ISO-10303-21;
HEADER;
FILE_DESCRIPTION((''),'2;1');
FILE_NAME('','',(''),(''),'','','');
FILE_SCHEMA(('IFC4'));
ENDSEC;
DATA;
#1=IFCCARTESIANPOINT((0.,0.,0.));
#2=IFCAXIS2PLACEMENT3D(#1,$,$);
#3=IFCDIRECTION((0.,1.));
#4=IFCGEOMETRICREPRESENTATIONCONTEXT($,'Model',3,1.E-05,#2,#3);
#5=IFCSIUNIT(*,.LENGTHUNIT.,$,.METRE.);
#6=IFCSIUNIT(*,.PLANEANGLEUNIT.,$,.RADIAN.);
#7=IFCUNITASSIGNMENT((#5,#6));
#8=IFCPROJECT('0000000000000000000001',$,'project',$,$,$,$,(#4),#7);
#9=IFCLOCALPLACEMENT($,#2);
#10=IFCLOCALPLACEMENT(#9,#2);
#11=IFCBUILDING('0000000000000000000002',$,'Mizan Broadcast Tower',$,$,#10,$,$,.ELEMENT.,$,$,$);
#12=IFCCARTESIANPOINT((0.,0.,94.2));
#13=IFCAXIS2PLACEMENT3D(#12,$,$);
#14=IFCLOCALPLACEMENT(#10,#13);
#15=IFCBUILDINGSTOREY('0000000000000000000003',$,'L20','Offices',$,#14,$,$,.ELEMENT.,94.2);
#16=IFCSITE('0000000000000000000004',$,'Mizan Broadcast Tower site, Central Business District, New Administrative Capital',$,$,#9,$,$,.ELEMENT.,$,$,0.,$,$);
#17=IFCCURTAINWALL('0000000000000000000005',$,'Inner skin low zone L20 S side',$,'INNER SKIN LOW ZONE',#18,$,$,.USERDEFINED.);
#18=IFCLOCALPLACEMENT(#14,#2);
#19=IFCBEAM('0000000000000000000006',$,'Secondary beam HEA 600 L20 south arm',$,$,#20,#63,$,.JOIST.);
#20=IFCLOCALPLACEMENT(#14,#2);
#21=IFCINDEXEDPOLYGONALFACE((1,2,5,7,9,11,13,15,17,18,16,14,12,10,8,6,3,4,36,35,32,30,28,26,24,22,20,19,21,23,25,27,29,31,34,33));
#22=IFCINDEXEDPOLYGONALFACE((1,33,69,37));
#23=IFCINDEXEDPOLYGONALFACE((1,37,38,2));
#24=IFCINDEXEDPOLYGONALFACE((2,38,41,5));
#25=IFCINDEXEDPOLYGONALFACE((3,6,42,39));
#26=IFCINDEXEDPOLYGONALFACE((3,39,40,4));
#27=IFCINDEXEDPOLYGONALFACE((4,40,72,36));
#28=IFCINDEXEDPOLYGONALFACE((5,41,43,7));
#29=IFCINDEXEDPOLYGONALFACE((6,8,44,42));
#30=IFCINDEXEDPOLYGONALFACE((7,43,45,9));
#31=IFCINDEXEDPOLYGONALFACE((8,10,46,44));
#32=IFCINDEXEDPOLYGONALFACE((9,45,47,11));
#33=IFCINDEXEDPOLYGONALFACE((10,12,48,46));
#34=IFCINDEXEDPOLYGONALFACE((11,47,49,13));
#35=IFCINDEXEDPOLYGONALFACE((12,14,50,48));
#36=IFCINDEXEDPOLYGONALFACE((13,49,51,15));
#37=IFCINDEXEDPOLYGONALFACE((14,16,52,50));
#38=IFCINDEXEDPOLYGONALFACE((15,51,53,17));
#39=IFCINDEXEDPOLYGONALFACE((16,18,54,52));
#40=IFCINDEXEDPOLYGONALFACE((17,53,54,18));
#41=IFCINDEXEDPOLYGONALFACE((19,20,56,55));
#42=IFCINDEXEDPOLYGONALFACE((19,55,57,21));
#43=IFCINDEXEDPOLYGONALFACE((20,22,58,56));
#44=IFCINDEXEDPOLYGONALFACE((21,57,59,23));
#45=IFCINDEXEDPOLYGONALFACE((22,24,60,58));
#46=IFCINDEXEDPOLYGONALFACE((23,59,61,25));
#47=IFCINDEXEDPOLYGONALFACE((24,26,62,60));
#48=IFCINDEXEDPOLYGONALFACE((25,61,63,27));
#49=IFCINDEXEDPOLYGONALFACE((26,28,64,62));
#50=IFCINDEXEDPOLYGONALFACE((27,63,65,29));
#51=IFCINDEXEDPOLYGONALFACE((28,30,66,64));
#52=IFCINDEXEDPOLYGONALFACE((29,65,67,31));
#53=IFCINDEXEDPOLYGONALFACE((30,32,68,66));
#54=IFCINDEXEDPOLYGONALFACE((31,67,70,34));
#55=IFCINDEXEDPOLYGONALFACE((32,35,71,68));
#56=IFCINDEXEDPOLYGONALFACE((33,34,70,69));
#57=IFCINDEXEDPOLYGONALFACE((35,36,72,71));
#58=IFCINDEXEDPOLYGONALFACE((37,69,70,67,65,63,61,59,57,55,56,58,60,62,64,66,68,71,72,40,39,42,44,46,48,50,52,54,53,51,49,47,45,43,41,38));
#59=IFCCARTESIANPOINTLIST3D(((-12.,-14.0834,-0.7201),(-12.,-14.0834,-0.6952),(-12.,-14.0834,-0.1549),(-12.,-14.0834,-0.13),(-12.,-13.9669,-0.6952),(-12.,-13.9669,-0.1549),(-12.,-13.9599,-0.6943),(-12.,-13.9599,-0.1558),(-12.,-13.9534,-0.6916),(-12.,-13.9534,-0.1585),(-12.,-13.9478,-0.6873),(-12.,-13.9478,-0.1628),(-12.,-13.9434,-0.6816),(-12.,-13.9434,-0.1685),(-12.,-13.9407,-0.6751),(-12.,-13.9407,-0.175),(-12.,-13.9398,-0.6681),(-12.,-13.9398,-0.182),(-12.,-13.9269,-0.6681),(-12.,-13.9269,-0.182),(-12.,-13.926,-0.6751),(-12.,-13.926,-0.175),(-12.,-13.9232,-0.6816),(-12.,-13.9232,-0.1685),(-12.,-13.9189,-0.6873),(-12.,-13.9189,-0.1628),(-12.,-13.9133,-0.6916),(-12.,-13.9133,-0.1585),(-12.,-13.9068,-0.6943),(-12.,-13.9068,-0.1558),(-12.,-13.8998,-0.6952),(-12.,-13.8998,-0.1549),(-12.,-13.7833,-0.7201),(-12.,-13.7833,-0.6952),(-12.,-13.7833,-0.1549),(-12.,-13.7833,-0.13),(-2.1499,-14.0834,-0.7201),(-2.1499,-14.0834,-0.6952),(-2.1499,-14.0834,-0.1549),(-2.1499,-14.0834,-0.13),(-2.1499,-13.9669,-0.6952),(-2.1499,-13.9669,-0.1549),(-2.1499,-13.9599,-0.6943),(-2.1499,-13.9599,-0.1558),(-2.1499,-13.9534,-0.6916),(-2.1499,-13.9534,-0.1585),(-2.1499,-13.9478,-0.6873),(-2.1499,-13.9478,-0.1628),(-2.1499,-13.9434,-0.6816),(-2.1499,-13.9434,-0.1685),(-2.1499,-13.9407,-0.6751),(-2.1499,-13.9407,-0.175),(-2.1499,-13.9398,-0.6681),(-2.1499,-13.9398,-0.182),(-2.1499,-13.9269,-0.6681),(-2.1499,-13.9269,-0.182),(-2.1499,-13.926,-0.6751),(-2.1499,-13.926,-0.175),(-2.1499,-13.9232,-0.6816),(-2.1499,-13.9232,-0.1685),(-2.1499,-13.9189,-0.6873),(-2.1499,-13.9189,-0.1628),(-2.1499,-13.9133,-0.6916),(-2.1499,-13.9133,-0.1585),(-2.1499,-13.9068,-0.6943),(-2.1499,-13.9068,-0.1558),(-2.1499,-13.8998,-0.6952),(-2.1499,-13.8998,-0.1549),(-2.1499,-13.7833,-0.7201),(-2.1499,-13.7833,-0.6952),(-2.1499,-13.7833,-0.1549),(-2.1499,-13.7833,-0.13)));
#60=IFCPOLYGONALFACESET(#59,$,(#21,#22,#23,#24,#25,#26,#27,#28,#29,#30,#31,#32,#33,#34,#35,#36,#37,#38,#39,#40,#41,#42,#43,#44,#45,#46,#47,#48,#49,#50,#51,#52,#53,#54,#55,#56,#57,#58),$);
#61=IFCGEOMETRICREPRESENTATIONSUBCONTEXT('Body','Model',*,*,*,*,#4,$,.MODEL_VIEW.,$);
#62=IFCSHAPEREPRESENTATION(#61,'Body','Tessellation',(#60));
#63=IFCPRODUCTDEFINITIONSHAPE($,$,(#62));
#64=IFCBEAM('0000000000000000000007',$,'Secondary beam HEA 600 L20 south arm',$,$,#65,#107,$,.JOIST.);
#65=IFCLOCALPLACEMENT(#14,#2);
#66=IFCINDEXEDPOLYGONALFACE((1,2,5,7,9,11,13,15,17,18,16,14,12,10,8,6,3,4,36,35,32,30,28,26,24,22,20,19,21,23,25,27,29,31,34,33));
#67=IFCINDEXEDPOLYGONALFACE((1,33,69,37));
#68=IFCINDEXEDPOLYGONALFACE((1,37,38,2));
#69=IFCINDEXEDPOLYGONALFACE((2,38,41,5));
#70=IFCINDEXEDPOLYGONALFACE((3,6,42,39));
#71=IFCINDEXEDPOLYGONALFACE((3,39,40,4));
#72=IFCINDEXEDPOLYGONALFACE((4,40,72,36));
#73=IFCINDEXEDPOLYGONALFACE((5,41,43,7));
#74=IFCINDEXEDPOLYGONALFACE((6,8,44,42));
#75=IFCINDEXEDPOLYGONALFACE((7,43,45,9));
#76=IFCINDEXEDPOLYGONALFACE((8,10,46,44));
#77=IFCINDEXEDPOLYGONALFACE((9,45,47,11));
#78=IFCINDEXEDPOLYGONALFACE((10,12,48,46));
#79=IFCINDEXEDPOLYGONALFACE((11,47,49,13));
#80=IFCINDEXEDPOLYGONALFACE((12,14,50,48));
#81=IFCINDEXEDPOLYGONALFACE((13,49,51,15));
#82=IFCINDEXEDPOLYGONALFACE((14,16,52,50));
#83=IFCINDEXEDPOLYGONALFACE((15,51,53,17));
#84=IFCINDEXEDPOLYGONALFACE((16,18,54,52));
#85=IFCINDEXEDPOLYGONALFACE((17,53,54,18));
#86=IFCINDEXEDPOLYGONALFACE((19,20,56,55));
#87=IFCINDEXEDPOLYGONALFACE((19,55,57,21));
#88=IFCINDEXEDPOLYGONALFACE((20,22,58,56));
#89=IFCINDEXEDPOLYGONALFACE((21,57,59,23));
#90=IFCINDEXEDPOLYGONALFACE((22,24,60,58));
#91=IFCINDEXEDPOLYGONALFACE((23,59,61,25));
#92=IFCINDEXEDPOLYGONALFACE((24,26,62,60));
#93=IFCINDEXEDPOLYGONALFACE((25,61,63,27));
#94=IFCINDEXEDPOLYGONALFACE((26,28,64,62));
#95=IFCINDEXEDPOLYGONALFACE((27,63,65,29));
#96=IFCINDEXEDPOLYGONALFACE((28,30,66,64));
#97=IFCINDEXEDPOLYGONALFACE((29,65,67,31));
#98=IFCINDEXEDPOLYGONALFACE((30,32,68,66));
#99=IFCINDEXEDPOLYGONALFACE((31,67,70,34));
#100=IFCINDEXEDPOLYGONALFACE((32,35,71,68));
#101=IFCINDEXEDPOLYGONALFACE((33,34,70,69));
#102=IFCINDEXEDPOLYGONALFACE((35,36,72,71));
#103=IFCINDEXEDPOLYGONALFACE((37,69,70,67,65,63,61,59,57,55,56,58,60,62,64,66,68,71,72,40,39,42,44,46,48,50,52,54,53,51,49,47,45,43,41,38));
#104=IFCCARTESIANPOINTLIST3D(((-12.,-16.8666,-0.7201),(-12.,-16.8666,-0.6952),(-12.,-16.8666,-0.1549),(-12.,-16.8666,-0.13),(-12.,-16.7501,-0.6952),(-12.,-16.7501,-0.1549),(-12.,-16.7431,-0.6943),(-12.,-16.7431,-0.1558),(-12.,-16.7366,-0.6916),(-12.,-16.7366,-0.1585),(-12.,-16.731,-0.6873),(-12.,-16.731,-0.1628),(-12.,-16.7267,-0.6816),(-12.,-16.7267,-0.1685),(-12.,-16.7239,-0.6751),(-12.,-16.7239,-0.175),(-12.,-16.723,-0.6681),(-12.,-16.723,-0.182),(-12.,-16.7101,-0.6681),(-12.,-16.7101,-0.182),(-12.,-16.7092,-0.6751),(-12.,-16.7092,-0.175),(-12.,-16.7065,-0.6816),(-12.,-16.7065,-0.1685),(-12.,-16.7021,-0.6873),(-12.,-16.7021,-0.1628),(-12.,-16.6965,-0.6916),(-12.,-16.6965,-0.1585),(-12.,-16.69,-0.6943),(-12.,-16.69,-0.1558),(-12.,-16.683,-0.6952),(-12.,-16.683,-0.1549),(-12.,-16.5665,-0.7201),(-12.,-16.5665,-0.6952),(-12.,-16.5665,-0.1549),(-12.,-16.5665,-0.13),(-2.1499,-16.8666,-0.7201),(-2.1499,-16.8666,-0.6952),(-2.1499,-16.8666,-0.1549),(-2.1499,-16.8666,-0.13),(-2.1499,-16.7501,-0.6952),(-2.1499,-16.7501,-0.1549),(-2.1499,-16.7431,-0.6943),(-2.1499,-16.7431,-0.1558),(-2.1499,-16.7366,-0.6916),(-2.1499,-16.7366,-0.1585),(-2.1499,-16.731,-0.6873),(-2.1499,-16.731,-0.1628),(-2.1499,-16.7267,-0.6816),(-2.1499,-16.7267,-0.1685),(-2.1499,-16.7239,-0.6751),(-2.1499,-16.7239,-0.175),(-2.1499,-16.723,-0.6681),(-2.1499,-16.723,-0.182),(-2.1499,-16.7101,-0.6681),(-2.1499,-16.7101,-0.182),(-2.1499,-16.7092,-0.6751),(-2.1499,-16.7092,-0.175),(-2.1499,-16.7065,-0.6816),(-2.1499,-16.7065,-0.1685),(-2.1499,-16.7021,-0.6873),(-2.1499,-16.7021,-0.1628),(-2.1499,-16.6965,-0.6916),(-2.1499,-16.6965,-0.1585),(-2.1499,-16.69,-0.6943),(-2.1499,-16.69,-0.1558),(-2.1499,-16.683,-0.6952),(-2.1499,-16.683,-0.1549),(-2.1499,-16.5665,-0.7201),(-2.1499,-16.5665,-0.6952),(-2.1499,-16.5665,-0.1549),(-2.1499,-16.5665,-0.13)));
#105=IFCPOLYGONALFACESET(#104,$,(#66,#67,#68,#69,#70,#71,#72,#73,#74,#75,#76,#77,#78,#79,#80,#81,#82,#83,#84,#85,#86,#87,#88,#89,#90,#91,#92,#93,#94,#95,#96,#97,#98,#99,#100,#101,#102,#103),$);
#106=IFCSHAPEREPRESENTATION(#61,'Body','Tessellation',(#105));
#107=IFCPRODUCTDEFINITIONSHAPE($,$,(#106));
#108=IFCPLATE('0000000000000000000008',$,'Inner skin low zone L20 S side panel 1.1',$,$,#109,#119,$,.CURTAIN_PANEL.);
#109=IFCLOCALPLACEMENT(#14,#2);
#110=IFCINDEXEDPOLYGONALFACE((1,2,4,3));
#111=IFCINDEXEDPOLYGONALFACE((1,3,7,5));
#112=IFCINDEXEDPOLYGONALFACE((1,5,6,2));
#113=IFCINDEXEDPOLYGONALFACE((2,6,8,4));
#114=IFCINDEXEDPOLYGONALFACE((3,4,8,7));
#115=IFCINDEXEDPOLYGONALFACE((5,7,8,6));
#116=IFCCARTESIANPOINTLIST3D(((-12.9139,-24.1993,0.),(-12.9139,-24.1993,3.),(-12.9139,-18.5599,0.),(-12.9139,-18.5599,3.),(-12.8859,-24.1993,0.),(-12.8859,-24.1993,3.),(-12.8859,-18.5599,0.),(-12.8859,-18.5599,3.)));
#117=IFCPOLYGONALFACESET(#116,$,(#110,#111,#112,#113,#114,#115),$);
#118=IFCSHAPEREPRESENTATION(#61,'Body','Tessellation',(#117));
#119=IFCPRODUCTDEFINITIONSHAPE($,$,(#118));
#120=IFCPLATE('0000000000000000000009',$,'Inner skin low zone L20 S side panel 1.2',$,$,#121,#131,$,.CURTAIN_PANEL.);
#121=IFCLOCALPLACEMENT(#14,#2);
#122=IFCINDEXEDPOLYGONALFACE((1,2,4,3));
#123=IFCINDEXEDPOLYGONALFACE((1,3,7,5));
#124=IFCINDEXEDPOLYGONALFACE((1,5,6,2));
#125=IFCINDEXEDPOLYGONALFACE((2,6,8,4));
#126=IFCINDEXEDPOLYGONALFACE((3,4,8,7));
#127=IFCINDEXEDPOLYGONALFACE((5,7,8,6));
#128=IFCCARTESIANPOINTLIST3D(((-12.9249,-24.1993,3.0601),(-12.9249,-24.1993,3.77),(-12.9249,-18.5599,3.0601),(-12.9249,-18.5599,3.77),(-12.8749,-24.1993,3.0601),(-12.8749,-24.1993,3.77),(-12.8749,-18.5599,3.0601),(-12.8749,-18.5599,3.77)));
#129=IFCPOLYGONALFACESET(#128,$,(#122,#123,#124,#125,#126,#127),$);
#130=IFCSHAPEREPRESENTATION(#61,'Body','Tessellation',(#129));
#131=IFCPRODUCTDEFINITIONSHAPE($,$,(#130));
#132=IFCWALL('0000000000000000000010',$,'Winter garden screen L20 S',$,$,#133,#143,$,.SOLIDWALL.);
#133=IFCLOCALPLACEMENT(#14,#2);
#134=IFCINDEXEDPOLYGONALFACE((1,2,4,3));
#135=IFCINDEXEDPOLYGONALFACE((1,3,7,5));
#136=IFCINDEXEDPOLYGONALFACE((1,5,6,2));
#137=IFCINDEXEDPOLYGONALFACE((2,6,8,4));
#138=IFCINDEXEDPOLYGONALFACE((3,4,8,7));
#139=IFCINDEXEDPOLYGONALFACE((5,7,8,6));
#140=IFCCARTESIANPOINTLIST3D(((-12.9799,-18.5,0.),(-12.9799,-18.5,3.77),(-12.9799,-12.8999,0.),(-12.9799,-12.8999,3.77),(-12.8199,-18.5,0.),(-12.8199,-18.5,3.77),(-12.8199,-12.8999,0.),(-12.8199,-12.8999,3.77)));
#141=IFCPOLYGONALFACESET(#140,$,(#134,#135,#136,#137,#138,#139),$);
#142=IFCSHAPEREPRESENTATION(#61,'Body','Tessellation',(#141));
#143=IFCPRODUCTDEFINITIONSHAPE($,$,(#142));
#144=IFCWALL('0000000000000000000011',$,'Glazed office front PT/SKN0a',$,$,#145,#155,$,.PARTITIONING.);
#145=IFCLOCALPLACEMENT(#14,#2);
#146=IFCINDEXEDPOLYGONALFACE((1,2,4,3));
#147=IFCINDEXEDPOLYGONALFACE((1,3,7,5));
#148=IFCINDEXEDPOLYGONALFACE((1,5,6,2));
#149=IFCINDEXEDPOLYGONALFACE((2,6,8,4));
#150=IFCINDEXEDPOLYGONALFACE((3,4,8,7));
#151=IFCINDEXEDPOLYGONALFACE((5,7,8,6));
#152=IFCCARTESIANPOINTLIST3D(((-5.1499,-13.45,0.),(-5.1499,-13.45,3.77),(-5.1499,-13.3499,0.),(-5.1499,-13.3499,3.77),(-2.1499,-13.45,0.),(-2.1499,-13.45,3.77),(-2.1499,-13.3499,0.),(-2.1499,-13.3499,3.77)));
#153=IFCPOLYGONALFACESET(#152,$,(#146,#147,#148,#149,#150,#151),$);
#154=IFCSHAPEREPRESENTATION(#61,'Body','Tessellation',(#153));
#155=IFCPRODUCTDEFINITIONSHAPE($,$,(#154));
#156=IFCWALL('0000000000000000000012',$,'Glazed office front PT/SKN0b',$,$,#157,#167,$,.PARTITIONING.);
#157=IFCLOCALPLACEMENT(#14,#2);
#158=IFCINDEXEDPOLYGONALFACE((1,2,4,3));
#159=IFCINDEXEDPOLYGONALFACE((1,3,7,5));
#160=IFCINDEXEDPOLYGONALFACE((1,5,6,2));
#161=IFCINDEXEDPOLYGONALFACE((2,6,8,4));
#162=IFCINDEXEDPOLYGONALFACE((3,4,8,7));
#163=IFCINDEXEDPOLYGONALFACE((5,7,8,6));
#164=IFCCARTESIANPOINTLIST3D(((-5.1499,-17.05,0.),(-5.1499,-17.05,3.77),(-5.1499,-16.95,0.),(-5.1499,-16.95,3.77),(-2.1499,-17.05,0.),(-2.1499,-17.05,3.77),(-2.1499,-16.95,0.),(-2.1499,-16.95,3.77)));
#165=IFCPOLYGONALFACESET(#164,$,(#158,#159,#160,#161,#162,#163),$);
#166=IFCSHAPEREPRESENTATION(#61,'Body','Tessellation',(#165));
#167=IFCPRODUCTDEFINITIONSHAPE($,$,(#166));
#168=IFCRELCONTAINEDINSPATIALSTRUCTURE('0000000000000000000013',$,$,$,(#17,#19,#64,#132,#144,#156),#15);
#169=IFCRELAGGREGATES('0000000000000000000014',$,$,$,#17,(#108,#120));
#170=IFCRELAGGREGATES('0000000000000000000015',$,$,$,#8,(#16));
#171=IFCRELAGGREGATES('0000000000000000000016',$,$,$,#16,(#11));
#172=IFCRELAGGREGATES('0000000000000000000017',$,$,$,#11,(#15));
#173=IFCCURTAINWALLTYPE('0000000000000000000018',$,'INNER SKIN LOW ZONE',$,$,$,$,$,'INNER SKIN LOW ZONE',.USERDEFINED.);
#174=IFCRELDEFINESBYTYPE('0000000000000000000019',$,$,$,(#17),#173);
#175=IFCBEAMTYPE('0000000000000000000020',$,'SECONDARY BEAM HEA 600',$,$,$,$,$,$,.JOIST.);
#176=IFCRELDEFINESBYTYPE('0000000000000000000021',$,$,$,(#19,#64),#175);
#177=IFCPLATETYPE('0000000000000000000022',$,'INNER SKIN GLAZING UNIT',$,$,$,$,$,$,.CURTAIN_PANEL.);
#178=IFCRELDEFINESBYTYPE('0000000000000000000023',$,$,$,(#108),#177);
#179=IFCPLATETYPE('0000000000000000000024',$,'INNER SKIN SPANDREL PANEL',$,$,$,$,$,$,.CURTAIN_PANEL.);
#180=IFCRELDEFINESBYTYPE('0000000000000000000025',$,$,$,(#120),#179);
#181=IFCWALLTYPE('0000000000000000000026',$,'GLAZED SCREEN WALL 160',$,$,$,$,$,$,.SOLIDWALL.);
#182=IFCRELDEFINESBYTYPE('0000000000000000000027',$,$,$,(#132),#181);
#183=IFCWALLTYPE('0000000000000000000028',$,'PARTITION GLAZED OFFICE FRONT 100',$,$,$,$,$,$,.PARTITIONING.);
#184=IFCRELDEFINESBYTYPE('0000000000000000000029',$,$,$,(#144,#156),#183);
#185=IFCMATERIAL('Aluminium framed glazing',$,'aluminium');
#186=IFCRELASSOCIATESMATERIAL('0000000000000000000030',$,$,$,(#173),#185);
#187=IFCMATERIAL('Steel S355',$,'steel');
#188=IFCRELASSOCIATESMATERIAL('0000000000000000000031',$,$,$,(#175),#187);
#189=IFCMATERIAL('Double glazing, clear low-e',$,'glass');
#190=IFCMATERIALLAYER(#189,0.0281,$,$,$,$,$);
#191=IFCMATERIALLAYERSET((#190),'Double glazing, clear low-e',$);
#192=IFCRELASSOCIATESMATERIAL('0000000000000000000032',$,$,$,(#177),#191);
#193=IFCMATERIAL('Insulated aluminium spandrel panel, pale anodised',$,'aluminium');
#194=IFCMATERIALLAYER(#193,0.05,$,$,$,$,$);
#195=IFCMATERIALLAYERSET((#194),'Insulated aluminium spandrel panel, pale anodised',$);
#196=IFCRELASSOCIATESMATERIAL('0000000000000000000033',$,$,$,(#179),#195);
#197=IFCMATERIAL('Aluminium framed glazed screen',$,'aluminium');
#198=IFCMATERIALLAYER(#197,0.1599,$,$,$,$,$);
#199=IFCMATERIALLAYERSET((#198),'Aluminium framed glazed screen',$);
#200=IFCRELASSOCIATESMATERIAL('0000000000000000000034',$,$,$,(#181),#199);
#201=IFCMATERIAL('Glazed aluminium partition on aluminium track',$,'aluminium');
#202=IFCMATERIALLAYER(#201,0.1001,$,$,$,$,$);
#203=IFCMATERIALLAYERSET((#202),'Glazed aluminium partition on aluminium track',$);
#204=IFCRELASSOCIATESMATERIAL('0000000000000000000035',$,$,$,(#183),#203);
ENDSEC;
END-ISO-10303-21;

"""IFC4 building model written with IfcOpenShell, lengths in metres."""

from ifc_helpers import new_model, si_unit, direction, frame, frame_2d, origin, origin_2d, place, context, subcontext, project, spatial, rectangle, i_section, extrude, material, layer, layer_set, material_profile, profile_set, type_object, element, aggregate, save


model = new_model("IFC4")

# Units and contexts
model_context = context("Model", 3, precision=1e-05, world=origin(), true_north=direction((0.0, 1.0)))
body_context = subcontext(model_context, "Body", "Model", "MODEL_VIEW")
ifc_project = project(units=[si_unit("LENGTHUNIT", "METRE"), si_unit("PLANEANGLEUNIT", "RADIAN")], contexts=[model_context])

# Site, building, storey
site_placement = place(None, origin())
site = spatial("IfcSite", under=ifc_project, at=site_placement, Name="Mizan Broadcast Tower site, Central Business District, New Administrative Capital", CompositionType="ELEMENT", RefElevation=0.0)
building_placement = place(site_placement, origin())
building = spatial("IfcBuilding", under=site, at=building_placement, Name="Mizan Broadcast Tower", CompositionType="ELEMENT")
storey_placement = place(building_placement, frame((0.0, 0.0, 94.2)))
storey = spatial("IfcBuildingStorey", under=building, at=storey_placement, Name="L20", Description="Offices", CompositionType="ELEMENT", Elevation=94.2)

# Curtain wall
ifc_material_1 = material(Name="Aluminium framed glazing", Category="aluminium")
curtain_wall_type = type_object("IfcCurtainWallType", Name="INNER SKIN LOW ZONE", ElementType="INNER SKIN LOW ZONE", PredefinedType="USERDEFINED", material=ifc_material_1)
curtain_wall_placement = place(storey_placement, origin())
curtain_wall = element("IfcCurtainWall", 1, at=curtain_wall_placement, inside=storey, type_object=curtain_wall_type, Name="Inner skin low zone L20 S side", ObjectType="INNER SKIN LOW ZONE", PredefinedType="USERDEFINED")

# Beams
ifc_material_2 = material(Name="Steel S355", Category="steel")
ifc_material_profile_1 = material_profile(ifc_material_2, i_section(OverallWidth=0.3, OverallDepth=0.5901, WebThickness=0.0129, FlangeThickness=0.0249, FilletRadius=0.0271, at=origin_2d()), Name="HEA 600")
ifc_profile_set_1 = profile_set([ifc_material_profile_1], Name="Steel S355")
beam_type_1 = type_object("IfcBeamType", Name="SECONDARY BEAM HEA 600", PredefinedType="JOIST", material=ifc_profile_set_1)
for number, where, z_axis, x_axis, name in (
    (2, (-12.0, -13.9333, -0.425), (1.0, 0.0, 0.0), (0.0, 1.0, 0.0), "Secondary beam HEA 600 L20 south arm"),
    (3, (-12.0, -16.7166, -0.425), (1.0, 0.0, 0.0), (0.0, 1.0, 0.0), "Secondary beam HEA 600 L20 south arm"),
):
    element("IfcBeam", number, at=place(storey_placement, frame(where, z_axis=z_axis, x_axis=x_axis)), inside=storey, type_object=beam_type_1, Name=name, PredefinedType="JOIST", context=body_context, shape_type="SweptSolid", body=[
        extrude(i_section(OverallWidth=0.3, OverallDepth=0.5901, WebThickness=0.0129, FlangeThickness=0.0249, FilletRadius=0.0271, at=origin_2d()), origin(), (0.0, 0.0, 1.0), 9.8501),
    ])

# Plates
ifc_material_3 = material(Name="Double glazing, clear low-e", Category="glass")
ifc_layer_1 = layer(ifc_material_3, 0.0281)
ifc_layer_set_1 = layer_set([ifc_layer_1], Name="Double glazing, clear low-e")
plate_type_1 = type_object("IfcPlateType", Name="INNER SKIN GLAZING UNIT", PredefinedType="CURTAIN_PANEL", material=ifc_layer_set_1)
plate_1_placement = place(storey_placement, frame((-12.8999, -21.3796, 0.0), z_axis=(0.0, 0.0, 1.0), x_axis=(0.0, -1.0, 0.0)))
plate_1 = element("IfcPlate", 4, at=plate_1_placement, type_object=plate_type_1, Name="Inner skin low zone L20 S side panel 1.1", PredefinedType="CURTAIN_PANEL", context=body_context, shape_type="SweptSolid", body=[
    extrude(rectangle(XDim=5.6394, YDim=0.0281, at=origin_2d()), origin(), (0.0, 0.0, 1.0), 3.0),
])
ifc_material_4 = material(Name="Insulated aluminium spandrel panel, pale anodised", Category="aluminium")
ifc_layer_2 = layer(ifc_material_4, 0.05)
ifc_layer_set_2 = layer_set([ifc_layer_2], Name="Insulated aluminium spandrel panel, pale anodised")
plate_type_2 = type_object("IfcPlateType", Name="INNER SKIN SPANDREL PANEL", PredefinedType="CURTAIN_PANEL", material=ifc_layer_set_2)
plate_2_placement = place(storey_placement, frame((-12.8999, -21.3796, 3.0601), z_axis=(0.0, 0.0, 1.0), x_axis=(0.0, -1.0, 0.0)))
plate_2 = element("IfcPlate", 5, at=plate_2_placement, type_object=plate_type_2, Name="Inner skin low zone L20 S side panel 1.2", PredefinedType="CURTAIN_PANEL", context=body_context, shape_type="SweptSolid", body=[
    extrude(rectangle(XDim=5.6394, YDim=0.05, at=origin_2d()), origin(), (0.0, 0.0, 1.0), 0.71),
])
aggregate(curtain_wall, [plate_1, plate_2])

# Walls
ifc_material_5 = material(Name="Aluminium framed glazed screen", Category="aluminium")
ifc_layer_3 = layer(ifc_material_5, 0.1599)
ifc_layer_set_3 = layer_set([ifc_layer_3], Name="Aluminium framed glazed screen")
wall_type_1 = type_object("IfcWallType", Name="GLAZED SCREEN WALL 160", PredefinedType="SOLIDWALL", material=ifc_layer_set_3)
wall_1_placement = place(storey_placement, frame((-12.8999, -12.8999, 0.0), z_axis=(0.0, 0.0, 1.0), x_axis=(0.0, -1.0, 0.0)))
element("IfcWall", 6, at=wall_1_placement, inside=storey, type_object=wall_type_1, Name="Winter garden screen L20 S", PredefinedType="SOLIDWALL", context=body_context, shape_type="SweptSolid", body=[
    extrude(rectangle(XDim=5.6001, YDim=0.1599, at=frame_2d((2.8, 0.0))), origin(), (0.0, 0.0, 1.0), 3.77),
])
ifc_material_6 = material(Name="Glazed aluminium partition on aluminium track", Category="aluminium")
ifc_layer_4 = layer(ifc_material_6, 0.1001)
ifc_layer_set_4 = layer_set([ifc_layer_4], Name="Glazed aluminium partition on aluminium track")
wall_type_2 = type_object("IfcWallType", Name="PARTITION GLAZED OFFICE FRONT 100", PredefinedType="PARTITIONING", material=ifc_layer_set_4)
for number, where, z_axis, x_axis, name in (
    (7, (-2.1499, -13.3999, 0.0), (0.0, 0.0, 1.0), (-1.0, 0.0, 0.0), "Glazed office front PT/SKN0a"),
    (8, (-2.1499, -17.0, 0.0), (0.0, 0.0, 1.0), (-1.0, 0.0, 0.0), "Glazed office front PT/SKN0b"),
):
    element("IfcWall", number, at=place(storey_placement, frame(where, z_axis=z_axis, x_axis=x_axis)), inside=storey, type_object=wall_type_2, Name=name, PredefinedType="PARTITIONING", context=body_context, shape_type="SweptSolid", body=[
        extrude(rectangle(XDim=3.0, YDim=0.1001, at=frame_2d((1.5, 0.0))), origin(), (0.0, 0.0, 1.0), 3.77),
    ])

save(model, "model.ifc")
